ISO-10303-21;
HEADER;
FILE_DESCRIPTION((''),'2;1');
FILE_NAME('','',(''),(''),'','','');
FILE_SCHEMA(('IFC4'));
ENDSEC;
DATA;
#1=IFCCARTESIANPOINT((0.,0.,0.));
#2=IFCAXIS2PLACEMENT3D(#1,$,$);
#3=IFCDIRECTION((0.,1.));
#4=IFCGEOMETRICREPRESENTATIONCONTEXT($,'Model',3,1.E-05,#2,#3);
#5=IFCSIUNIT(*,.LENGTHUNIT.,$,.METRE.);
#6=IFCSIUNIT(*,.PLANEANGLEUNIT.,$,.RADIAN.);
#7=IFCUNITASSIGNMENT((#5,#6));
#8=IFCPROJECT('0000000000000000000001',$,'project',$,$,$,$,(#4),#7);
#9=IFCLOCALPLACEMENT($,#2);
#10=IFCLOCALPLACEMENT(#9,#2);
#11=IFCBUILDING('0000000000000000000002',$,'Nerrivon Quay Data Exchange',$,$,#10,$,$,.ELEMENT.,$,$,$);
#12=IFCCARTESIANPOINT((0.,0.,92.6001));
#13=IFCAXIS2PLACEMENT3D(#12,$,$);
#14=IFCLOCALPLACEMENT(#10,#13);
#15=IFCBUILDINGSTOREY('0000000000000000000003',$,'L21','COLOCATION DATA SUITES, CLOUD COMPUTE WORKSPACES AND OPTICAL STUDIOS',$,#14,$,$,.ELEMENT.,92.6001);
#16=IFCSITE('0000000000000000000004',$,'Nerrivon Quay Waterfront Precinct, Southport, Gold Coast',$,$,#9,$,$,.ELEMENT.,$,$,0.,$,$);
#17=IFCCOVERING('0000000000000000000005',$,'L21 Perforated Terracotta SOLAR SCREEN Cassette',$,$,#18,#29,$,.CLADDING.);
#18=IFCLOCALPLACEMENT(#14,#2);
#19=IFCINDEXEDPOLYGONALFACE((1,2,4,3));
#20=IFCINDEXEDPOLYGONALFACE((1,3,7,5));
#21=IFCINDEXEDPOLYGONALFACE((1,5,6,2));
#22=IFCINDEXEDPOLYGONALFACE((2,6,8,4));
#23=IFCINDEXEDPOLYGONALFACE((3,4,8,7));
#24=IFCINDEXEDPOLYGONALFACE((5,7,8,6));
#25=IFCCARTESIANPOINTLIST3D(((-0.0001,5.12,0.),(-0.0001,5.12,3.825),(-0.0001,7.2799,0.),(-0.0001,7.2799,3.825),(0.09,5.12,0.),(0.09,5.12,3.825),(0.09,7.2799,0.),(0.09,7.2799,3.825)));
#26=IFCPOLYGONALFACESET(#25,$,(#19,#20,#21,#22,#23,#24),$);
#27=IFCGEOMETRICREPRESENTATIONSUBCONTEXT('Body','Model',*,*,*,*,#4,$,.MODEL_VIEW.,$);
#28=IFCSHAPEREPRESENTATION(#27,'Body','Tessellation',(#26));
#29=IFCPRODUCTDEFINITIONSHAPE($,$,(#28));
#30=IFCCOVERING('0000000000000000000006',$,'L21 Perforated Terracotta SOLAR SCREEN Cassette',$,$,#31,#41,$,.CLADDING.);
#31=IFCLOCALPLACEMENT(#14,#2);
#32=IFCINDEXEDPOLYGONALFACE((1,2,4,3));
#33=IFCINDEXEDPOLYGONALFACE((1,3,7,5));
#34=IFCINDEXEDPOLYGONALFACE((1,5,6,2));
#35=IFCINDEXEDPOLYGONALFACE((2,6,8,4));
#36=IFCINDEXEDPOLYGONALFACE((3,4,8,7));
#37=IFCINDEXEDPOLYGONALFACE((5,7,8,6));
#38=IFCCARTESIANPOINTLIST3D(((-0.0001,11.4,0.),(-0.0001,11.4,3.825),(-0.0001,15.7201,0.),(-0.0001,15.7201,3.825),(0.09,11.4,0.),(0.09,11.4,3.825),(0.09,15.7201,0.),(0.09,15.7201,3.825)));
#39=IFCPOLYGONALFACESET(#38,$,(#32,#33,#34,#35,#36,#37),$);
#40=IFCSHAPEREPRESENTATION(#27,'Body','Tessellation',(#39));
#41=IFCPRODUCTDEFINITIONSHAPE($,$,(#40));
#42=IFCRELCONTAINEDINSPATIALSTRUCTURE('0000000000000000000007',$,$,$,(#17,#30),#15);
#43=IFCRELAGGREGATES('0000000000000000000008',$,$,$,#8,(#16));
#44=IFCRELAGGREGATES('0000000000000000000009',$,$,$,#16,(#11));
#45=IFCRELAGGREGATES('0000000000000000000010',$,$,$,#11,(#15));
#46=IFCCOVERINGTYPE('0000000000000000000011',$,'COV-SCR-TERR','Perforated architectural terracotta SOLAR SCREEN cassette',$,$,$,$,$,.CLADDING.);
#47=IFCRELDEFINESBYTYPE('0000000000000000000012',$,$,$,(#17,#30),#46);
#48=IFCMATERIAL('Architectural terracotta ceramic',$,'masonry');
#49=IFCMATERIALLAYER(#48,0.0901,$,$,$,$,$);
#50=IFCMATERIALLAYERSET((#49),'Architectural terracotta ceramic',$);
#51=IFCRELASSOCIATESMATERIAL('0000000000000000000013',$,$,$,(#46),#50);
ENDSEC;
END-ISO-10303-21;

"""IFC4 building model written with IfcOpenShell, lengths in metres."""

from ifc_helpers import new_model, si_unit, direction, frame, origin, origin_2d, place, context, subcontext, project, spatial, rectangle, extrude, material, layer, layer_set, type_object, element, save


model = new_model("IFC4")

# Units and contexts
model_context = context("Model", 3, precision=1e-05, world=origin(), true_north=direction((0.0, 1.0)))
body_context = subcontext(model_context, "Body", "Model", "MODEL_VIEW")
ifc_project = project(units=[si_unit("LENGTHUNIT", "METRE"), si_unit("PLANEANGLEUNIT", "RADIAN")], contexts=[model_context])

# Site, building, storey
site_placement = place(None, origin())
site = spatial("IfcSite", under=ifc_project, at=site_placement, Name="Nerrivon Quay Waterfront Precinct, Southport, Gold Coast", CompositionType="ELEMENT", RefElevation=0.0)
building_placement = place(site_placement, origin())
building = spatial("IfcBuilding", under=site, at=building_placement, Name="Nerrivon Quay Data Exchange", CompositionType="ELEMENT")
storey_placement = place(building_placement, frame((0.0, 0.0, 92.6001)))
storey = spatial("IfcBuildingStorey", under=building, at=storey_placement, Name="L21", Description="COLOCATION DATA SUITES, CLOUD COMPUTE WORKSPACES AND OPTICAL STUDIOS", CompositionType="ELEMENT", Elevation=92.6001)

# Coverings
ifc_material_1 = material(Name="Architectural terracotta ceramic", Category="masonry")
ifc_layer_1 = layer(ifc_material_1, 0.0901)
ifc_layer_set_1 = layer_set([ifc_layer_1], Name="Architectural terracotta ceramic")
covering_type_1 = type_object("IfcCoveringType", Name="COV-SCR-TERR", Description="Perforated architectural terracotta SOLAR SCREEN cassette", PredefinedType="CLADDING", material=ifc_layer_set_1)
covering_1_placement = place(storey_placement, frame((0.0449, 6.2, 0.0), z_axis=(0.0, 0.0, 1.0), x_axis=(0.0, 1.0, 0.0)))
element("IfcCovering", 1, at=covering_1_placement, inside=storey, type_object=covering_type_1, Name="L21 Perforated Terracotta SOLAR SCREEN Cassette", PredefinedType="CLADDING", context=body_context, shape_type="SweptSolid", body=[
    extrude(rectangle(XDim=2.1599, YDim=0.0901, at=origin_2d()), origin(), (0.0, 0.0, 1.0), 3.825),
])
covering_2_placement = place(storey_placement, frame((0.0449, 13.5601, 0.0), z_axis=(0.0, 0.0, 1.0), x_axis=(0.0, 1.0, 0.0)))
element("IfcCovering", 2, at=covering_2_placement, inside=storey, type_object=covering_type_1, Name="L21 Perforated Terracotta SOLAR SCREEN Cassette", PredefinedType="CLADDING", context=body_context, shape_type="SweptSolid", body=[
    extrude(rectangle(XDim=4.3201, YDim=0.0901, at=origin_2d()), origin(), (0.0, 0.0, 1.0), 3.825),
])

save(model, "model.ifc")
